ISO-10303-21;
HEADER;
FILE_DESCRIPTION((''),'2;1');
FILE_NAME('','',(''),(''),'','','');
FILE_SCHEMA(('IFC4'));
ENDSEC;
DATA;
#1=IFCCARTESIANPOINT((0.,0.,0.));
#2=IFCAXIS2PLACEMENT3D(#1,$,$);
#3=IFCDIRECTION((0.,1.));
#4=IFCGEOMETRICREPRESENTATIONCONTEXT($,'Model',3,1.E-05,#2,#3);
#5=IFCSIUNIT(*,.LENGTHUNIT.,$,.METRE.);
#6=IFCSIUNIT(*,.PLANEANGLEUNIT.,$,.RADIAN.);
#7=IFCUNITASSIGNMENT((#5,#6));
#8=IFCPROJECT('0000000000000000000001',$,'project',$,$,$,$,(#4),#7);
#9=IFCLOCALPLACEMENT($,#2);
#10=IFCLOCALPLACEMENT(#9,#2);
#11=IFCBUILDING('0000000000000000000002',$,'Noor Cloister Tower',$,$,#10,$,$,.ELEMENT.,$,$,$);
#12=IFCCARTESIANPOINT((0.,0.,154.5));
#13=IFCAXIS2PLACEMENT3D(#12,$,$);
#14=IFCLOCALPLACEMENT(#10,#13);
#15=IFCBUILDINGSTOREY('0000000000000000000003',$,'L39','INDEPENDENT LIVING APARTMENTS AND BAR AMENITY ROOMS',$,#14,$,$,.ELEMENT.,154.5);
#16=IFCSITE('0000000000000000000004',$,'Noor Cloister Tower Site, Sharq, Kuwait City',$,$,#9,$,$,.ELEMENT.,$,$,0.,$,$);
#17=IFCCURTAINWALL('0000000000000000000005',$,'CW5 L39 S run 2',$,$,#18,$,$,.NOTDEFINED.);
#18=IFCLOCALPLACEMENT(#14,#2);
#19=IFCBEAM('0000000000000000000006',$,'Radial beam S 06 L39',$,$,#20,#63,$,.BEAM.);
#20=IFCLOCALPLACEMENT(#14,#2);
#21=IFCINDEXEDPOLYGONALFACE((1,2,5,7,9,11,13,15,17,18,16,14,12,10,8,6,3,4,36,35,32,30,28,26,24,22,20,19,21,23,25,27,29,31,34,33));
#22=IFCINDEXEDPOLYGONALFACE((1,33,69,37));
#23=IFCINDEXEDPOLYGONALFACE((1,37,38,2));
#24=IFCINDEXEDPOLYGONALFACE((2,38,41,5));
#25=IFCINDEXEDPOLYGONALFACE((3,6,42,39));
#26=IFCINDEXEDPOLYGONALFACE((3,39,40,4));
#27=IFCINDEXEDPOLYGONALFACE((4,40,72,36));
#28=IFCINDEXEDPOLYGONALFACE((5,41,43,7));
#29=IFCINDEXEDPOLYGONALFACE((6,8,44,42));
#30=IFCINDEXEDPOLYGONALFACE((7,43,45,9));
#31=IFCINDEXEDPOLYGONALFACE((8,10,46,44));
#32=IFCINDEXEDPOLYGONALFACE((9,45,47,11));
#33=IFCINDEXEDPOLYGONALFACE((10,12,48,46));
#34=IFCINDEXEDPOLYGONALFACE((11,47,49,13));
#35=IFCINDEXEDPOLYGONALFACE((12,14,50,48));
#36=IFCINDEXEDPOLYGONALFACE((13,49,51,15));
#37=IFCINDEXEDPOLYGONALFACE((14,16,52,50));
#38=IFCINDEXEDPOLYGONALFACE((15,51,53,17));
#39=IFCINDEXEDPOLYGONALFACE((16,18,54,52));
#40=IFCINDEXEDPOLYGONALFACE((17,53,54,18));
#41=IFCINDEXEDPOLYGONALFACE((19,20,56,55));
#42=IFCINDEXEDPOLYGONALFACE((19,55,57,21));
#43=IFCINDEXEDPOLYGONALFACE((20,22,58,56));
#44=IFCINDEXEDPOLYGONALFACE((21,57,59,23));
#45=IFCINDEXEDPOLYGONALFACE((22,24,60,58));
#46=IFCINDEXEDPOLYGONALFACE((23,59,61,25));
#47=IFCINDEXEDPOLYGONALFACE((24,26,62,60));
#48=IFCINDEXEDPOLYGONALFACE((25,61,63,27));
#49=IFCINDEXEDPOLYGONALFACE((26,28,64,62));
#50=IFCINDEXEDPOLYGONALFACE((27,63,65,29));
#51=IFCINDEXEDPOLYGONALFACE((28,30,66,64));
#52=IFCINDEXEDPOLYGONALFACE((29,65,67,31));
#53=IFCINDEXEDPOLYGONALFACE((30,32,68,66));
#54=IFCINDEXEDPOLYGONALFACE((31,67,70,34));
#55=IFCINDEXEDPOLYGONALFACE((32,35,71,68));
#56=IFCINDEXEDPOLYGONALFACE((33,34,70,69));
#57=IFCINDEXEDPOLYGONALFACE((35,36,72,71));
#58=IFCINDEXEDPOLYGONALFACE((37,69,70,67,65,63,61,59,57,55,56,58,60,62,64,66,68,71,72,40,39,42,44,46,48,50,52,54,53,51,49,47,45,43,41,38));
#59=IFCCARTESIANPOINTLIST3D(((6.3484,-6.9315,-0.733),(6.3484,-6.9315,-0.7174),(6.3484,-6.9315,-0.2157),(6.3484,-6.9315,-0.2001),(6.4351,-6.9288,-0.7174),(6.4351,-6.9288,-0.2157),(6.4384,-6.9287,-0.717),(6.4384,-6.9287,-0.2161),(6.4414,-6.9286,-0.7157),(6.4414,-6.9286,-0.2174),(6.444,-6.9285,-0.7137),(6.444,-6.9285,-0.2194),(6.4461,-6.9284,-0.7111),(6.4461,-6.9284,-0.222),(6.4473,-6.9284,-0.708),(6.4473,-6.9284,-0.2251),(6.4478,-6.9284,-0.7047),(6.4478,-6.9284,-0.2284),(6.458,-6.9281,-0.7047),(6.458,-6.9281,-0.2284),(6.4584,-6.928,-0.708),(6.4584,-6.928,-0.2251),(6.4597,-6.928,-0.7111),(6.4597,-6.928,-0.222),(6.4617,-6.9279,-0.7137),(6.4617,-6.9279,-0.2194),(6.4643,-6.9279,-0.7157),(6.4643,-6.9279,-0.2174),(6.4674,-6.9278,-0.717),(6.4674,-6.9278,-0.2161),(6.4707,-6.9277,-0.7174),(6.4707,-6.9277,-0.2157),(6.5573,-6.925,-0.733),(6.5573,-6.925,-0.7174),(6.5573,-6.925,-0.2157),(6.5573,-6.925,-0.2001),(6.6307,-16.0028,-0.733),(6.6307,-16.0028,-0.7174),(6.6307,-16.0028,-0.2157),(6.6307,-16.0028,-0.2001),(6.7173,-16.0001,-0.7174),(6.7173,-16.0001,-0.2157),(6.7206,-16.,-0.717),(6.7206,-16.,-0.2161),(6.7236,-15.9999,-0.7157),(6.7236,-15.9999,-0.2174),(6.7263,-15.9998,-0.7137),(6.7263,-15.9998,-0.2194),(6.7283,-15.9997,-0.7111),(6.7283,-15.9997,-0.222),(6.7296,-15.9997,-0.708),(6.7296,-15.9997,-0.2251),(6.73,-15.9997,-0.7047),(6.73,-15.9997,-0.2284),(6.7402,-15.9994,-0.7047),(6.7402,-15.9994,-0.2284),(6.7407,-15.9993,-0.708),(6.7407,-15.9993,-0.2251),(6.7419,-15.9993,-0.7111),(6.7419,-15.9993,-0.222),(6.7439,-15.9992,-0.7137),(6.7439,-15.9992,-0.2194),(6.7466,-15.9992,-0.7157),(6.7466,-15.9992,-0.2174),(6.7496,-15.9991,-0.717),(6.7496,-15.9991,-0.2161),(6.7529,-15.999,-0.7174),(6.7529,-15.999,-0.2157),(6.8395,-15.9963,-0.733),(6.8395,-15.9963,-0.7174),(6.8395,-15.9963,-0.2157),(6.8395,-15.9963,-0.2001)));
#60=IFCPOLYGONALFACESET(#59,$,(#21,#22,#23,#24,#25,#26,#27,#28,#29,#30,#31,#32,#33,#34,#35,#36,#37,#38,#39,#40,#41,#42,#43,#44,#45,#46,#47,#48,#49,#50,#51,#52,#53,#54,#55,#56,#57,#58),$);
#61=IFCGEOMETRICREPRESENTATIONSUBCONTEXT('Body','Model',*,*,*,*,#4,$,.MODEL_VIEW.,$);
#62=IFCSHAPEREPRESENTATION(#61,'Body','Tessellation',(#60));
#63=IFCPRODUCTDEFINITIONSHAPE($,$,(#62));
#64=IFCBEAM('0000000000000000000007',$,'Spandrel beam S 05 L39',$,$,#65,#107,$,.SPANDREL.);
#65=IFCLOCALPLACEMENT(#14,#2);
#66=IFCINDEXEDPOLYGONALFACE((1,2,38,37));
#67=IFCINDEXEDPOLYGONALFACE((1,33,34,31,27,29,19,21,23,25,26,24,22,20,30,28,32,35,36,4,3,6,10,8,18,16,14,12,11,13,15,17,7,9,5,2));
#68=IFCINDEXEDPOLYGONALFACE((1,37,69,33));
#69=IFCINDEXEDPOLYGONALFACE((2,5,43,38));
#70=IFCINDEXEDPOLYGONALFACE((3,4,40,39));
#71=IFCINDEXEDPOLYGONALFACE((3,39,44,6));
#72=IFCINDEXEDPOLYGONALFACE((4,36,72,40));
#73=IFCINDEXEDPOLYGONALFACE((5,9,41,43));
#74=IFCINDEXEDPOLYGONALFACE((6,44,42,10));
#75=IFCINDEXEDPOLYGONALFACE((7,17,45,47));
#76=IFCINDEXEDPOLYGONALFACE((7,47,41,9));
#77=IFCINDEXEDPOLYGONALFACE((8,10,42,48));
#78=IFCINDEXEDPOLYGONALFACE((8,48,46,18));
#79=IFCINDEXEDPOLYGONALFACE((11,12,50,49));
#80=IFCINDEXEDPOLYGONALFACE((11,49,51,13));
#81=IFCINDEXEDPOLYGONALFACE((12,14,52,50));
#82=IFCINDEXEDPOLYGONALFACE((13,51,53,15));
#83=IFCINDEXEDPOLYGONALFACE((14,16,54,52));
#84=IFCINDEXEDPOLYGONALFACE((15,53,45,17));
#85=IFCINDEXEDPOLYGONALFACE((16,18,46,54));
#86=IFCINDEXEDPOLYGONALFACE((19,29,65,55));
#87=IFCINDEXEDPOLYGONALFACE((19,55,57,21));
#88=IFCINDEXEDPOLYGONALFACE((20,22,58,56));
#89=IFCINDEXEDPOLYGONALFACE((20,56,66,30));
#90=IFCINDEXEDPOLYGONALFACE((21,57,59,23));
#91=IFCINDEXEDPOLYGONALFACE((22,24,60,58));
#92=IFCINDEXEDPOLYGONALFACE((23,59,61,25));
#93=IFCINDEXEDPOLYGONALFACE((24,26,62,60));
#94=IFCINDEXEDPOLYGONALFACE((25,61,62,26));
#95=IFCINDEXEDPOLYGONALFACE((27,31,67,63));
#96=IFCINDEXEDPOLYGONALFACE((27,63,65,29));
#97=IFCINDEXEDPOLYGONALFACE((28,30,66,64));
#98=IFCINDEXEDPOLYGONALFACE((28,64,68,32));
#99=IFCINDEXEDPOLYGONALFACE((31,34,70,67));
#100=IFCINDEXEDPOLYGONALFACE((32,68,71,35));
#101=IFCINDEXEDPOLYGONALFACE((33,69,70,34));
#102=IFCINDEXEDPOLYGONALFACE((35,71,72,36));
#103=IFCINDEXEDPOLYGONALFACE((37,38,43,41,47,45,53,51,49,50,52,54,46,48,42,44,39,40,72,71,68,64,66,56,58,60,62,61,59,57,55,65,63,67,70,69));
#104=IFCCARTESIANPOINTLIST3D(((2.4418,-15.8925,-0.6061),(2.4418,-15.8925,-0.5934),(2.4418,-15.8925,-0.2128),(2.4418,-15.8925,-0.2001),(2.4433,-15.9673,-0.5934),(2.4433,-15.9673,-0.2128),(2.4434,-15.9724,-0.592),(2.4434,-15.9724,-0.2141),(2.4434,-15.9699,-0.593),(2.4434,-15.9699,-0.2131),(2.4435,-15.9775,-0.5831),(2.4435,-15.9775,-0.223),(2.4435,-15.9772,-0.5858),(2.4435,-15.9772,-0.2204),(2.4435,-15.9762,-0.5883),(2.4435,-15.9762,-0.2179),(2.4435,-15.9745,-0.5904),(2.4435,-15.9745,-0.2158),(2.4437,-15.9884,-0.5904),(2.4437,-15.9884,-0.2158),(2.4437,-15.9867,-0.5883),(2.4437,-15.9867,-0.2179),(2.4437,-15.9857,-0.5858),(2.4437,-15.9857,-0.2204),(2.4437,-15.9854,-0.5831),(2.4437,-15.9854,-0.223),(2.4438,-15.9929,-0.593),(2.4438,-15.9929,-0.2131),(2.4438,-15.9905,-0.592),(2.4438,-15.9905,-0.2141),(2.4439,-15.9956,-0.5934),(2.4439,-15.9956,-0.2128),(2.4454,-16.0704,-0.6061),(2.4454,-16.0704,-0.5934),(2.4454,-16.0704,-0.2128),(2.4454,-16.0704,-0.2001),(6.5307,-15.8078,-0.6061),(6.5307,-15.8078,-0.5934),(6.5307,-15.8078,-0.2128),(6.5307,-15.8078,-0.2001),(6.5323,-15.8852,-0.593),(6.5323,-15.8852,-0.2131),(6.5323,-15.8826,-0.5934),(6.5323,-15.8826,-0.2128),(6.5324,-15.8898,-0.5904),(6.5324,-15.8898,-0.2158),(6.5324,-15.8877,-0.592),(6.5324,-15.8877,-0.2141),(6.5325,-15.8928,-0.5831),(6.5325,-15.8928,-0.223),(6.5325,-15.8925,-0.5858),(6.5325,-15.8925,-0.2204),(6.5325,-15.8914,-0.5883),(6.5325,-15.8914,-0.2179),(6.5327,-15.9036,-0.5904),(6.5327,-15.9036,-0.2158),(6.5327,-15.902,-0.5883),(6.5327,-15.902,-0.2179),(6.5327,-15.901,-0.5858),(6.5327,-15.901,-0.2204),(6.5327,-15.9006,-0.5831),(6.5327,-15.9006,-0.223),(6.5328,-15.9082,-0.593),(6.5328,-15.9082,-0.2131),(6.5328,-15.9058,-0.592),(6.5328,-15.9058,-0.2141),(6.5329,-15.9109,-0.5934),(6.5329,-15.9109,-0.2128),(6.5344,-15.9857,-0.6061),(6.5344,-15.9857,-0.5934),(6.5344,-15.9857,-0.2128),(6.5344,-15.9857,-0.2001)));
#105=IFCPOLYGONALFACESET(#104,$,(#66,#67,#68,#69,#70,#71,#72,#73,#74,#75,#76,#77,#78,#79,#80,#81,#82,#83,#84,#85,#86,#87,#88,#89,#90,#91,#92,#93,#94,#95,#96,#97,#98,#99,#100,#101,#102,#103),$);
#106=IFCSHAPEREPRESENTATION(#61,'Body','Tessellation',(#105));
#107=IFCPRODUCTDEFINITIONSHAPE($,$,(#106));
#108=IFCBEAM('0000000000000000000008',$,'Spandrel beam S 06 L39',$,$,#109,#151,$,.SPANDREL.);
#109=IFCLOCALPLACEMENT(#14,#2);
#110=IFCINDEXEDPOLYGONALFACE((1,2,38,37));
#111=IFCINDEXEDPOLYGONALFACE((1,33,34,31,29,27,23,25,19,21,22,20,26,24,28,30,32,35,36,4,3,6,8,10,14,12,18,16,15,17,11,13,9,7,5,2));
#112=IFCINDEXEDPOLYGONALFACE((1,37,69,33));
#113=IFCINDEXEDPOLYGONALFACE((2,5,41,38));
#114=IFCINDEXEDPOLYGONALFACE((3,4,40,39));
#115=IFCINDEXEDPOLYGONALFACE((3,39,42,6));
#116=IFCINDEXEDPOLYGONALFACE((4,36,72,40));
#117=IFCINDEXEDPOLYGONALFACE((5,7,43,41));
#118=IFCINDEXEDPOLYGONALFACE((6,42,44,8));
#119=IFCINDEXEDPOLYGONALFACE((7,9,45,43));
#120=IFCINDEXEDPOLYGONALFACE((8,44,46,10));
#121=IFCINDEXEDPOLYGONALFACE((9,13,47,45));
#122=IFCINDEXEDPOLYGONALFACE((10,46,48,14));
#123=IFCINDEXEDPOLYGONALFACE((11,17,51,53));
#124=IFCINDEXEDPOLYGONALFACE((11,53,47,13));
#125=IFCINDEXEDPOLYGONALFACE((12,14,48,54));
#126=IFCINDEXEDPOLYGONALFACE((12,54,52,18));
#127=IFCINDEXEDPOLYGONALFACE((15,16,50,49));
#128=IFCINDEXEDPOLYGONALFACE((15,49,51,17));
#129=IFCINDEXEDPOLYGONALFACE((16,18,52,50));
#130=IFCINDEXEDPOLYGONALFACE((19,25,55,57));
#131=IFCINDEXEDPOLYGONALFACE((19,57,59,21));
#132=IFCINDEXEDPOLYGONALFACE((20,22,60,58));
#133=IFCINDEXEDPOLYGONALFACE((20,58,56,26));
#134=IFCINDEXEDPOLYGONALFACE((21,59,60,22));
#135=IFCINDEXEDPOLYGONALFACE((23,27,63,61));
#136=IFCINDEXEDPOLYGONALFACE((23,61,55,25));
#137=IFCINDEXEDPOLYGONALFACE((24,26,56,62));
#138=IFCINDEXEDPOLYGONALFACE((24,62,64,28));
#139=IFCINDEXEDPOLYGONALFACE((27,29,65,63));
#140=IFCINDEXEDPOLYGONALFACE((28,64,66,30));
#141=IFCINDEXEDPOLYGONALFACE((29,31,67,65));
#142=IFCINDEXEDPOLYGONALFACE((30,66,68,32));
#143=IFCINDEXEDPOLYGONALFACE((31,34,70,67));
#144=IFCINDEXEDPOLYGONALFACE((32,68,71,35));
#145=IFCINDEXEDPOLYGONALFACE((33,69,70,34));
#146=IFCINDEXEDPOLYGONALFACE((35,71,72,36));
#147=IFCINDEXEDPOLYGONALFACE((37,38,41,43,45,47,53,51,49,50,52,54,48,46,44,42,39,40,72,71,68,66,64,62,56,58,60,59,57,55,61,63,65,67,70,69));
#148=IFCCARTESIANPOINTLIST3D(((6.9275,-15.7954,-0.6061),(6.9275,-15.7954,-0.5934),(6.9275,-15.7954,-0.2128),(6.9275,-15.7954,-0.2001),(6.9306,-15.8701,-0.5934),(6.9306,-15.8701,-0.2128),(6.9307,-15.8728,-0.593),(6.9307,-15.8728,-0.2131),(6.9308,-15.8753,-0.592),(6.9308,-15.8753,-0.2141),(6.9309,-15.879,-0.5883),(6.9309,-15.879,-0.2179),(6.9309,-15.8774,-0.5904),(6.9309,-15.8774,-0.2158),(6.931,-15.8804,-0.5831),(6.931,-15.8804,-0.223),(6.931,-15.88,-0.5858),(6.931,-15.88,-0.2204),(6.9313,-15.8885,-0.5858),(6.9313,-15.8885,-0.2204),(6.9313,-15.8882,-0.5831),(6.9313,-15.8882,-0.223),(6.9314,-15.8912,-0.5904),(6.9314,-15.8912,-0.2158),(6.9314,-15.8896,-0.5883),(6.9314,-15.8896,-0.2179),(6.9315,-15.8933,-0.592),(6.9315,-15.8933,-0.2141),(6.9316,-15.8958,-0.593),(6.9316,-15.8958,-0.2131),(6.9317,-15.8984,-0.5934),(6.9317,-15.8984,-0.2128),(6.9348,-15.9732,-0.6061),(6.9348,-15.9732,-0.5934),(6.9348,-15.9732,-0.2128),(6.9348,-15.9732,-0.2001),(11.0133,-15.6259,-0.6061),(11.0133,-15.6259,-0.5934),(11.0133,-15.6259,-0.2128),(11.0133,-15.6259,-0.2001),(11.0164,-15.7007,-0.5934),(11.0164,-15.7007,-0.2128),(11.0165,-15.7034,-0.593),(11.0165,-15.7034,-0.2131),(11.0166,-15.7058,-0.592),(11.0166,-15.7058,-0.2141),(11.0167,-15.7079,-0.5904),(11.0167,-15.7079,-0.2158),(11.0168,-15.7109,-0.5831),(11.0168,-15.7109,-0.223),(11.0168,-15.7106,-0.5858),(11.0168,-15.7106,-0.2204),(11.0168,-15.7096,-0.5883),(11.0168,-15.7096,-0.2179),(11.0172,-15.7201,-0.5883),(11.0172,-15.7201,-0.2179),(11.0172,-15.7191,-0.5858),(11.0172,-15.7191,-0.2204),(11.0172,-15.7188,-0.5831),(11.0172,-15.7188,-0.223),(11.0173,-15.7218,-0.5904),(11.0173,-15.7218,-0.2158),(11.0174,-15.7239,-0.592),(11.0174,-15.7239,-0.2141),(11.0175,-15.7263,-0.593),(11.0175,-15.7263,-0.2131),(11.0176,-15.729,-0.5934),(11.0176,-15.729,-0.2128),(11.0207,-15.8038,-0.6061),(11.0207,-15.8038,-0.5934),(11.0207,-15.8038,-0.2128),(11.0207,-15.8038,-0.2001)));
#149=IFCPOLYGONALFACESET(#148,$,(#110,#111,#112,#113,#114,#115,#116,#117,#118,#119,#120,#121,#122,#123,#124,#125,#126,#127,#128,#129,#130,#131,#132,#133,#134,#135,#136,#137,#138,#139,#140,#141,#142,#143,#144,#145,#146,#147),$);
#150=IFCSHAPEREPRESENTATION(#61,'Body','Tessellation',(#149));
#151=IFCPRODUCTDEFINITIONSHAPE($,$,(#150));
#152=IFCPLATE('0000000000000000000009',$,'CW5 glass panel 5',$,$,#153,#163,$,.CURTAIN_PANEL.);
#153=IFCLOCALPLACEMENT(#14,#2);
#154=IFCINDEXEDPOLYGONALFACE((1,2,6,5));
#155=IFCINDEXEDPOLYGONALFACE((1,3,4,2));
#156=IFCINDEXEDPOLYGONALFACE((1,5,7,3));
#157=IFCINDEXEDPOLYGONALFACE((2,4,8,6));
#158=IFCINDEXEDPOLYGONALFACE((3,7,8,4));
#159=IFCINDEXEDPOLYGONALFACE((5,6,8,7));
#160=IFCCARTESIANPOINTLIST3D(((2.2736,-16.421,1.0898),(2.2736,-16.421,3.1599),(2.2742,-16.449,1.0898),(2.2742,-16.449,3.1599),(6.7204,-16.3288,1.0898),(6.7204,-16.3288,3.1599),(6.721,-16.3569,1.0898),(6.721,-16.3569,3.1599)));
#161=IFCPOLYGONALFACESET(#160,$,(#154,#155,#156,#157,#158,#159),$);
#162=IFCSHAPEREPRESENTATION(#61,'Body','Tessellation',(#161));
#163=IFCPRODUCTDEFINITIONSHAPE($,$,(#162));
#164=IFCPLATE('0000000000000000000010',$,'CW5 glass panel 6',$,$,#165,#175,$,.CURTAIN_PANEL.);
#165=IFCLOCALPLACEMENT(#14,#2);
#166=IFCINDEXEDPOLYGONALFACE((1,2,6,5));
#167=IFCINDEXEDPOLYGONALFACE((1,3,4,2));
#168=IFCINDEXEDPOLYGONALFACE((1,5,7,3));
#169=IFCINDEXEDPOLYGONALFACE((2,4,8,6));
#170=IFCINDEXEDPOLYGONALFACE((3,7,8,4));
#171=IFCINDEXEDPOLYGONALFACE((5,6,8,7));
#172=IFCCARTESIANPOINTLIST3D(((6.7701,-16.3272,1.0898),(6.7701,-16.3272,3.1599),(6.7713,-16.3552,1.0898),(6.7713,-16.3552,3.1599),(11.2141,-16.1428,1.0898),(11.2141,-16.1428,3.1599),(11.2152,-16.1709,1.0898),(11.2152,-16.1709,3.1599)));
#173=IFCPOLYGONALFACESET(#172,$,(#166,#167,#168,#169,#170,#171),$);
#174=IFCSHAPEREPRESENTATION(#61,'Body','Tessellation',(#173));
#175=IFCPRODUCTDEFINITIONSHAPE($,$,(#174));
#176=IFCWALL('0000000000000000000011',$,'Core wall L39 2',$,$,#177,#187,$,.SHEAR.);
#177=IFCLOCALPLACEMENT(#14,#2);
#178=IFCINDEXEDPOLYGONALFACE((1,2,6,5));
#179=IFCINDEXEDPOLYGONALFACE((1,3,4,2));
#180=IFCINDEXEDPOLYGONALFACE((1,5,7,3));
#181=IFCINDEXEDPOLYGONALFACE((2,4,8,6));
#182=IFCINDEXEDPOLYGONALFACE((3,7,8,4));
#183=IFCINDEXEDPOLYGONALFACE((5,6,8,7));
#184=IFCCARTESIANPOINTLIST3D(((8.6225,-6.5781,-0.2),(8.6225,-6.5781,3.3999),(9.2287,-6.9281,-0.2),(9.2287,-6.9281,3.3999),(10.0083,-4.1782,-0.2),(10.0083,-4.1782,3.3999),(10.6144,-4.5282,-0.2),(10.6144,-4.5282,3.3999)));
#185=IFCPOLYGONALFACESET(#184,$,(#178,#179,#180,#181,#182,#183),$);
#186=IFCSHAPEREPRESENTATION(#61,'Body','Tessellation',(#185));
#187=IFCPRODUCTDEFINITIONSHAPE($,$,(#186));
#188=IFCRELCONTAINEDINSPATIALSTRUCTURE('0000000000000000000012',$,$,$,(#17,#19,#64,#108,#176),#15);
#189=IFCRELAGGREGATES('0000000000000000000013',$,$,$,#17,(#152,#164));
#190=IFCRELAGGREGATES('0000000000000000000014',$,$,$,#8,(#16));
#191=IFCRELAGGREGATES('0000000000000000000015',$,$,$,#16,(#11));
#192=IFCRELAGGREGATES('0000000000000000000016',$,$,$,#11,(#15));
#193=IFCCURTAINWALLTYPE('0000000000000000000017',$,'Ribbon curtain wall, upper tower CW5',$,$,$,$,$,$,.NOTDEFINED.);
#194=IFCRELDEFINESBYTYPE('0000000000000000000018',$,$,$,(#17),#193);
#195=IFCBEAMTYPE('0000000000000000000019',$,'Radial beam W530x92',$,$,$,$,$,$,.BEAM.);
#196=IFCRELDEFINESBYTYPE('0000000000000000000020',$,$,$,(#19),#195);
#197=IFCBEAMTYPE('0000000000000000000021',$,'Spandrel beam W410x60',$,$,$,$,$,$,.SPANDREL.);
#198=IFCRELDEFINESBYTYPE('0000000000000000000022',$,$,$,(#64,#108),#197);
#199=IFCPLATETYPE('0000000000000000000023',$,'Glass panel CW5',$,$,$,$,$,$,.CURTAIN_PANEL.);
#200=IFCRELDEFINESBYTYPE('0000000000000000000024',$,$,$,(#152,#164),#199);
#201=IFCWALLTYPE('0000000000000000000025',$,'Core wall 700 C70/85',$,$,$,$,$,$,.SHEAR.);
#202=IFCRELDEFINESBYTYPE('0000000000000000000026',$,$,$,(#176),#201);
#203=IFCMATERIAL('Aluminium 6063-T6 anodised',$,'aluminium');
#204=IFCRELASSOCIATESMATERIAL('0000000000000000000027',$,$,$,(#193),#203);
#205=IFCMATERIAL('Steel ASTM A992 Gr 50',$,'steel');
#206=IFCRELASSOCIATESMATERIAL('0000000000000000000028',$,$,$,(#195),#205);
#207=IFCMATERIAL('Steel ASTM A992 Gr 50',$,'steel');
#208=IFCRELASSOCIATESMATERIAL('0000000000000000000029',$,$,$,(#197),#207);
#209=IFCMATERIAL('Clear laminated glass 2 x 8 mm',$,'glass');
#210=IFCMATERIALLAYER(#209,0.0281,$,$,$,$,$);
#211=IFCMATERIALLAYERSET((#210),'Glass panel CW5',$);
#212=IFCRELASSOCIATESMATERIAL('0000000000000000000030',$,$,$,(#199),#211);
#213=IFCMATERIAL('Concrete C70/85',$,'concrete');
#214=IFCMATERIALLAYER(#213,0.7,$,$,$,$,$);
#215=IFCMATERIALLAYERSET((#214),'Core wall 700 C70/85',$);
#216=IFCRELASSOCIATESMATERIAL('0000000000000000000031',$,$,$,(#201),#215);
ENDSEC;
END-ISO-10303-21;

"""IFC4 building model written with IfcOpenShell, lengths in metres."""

from ifc_helpers import new_model, si_unit, direction, frame, frame_2d, origin, origin_2d, place, context, subcontext, project, spatial, rectangle, i_section, extrude, material, layer, layer_set, material_profile, profile_set, type_object, element, aggregate, save


model = new_model("IFC4")

# Units and contexts
model_context = context("Model", 3, precision=1e-05, world=origin(), true_north=direction((0.0, 1.0)))
body_context = subcontext(model_context, "Body", "Model", "MODEL_VIEW")
ifc_project = project(units=[si_unit("LENGTHUNIT", "METRE"), si_unit("PLANEANGLEUNIT", "RADIAN")], contexts=[model_context])

# Site, building, storey
site_placement = place(None, origin())
site = spatial("IfcSite", under=ifc_project, at=site_placement, Name="Noor Cloister Tower Site, Sharq, Kuwait City", CompositionType="ELEMENT", RefElevation=0.0)
building_placement = place(site_placement, origin())
building = spatial("IfcBuilding", under=site, at=building_placement, Name="Noor Cloister Tower", CompositionType="ELEMENT")
storey_placement = place(building_placement, frame((0.0, 0.0, 154.5)))
storey = spatial("IfcBuildingStorey", under=building, at=storey_placement, Name="L39", Description="INDEPENDENT LIVING APARTMENTS AND BAR AMENITY ROOMS", CompositionType="ELEMENT", Elevation=154.5)

# Curtain wall
ifc_material_1 = material(Name="Aluminium 6063-T6 anodised", Category="aluminium")
curtain_wall_type = type_object("IfcCurtainWallType", Name="Ribbon curtain wall, upper tower CW5", PredefinedType="NOTDEFINED", material=ifc_material_1)
curtain_wall_placement = place(storey_placement, origin())
curtain_wall = element("IfcCurtainWall", 1, at=curtain_wall_placement, inside=storey, type_object=curtain_wall_type, Name="CW5 L39 S run 2", PredefinedType="NOTDEFINED")

# Beams
ifc_material_2 = material(Name="Steel ASTM A992 Gr 50", Category="steel")
ifc_material_profile_1 = material_profile(ifc_material_2, i_section(OverallWidth=0.209, OverallDepth=0.533, WebThickness=0.0103, FlangeThickness=0.0156, FilletRadius=0.0127, at=origin_2d()), Name="W530x92")
ifc_profile_set_1 = profile_set([ifc_material_profile_1], Name="Steel ASTM A992 Gr 50")
beam_type_1 = type_object("IfcBeamType", Name="Radial beam W530x92", PredefinedType="BEAM", material=ifc_profile_set_1)
beam_1_placement = place(storey_placement, frame((6.7351, -15.9995, -0.4666), z_axis=(-0.031097, 0.999516, 0.0), x_axis=(-0.999516, -0.031097, 0.0)))
element("IfcBeam", 2, at=beam_1_placement, inside=storey, type_object=beam_type_1, Name="Radial beam S 06 L39", PredefinedType="BEAM", context=body_context, shape_type="SweptSolid", body=[
    extrude(i_section(OverallWidth=0.209, OverallDepth=0.533, WebThickness=0.0103, FlangeThickness=0.0156, FilletRadius=0.0127, at=origin_2d()), origin(), (0.0, 0.0, 1.0), 9.0757),
])
ifc_material_3 = material(Name="Steel ASTM A992 Gr 50", Category="steel")
ifc_material_profile_2 = material_profile(ifc_material_3, i_section(OverallWidth=0.178, OverallDepth=0.406, WebThickness=0.0078, FlangeThickness=0.0127, FilletRadius=0.0103, at=origin_2d()), Name="W410x60")
ifc_profile_set_2 = profile_set([ifc_material_profile_2], Name="Steel ASTM A992 Gr 50")
beam_type_2 = type_object("IfcBeamType", Name="Spandrel beam W410x60", PredefinedType="SPANDREL", material=ifc_profile_set_2)
beam_2_placement = place(storey_placement, frame((2.4436, -15.9814, -0.4031), z_axis=(0.999785, 0.020714, 0.0), x_axis=(-0.020714, 0.999785, 0.0)))
element("IfcBeam", 3, at=beam_2_placement, inside=storey, type_object=beam_type_2, Name="Spandrel beam S 05 L39", PredefinedType="SPANDREL", context=body_context, shape_type="SweptSolid", body=[
    extrude(i_section(OverallWidth=0.178, OverallDepth=0.406, WebThickness=0.0078, FlangeThickness=0.0127, FilletRadius=0.0103, at=origin_2d()), origin(), (0.0, 0.0, 1.0), 4.0898),
])
beam_3_placement = place(storey_placement, frame((6.9312, -15.8843, -0.4031), z_axis=(0.999141, 0.041432, 0.0), x_axis=(-0.041432, 0.999141, 0.0)))
element("IfcBeam", 4, at=beam_3_placement, inside=storey, type_object=beam_type_2, Name="Spandrel beam S 06 L39", PredefinedType="SPANDREL", context=body_context, shape_type="SweptSolid", body=[
    extrude(i_section(OverallWidth=0.178, OverallDepth=0.406, WebThickness=0.0078, FlangeThickness=0.0127, FilletRadius=0.0103, at=origin_2d()), origin(), (0.0, 0.0, 1.0), 4.0894),
])

# Plates
ifc_material_4 = material(Name="Clear laminated glass 2 x 8 mm", Category="glass")
ifc_layer_1 = layer(ifc_material_4, 0.0281)
ifc_layer_set_1 = layer_set([ifc_layer_1], Name="Glass panel CW5")
plate_type = type_object("IfcPlateType", Name="Glass panel CW5", PredefinedType="CURTAIN_PANEL", material=ifc_layer_set_1)
plate_1_placement = place(storey_placement, frame((4.4973, -16.3889, 1.0898), z_axis=(0.0, 0.0, 1.0), x_axis=(0.999785, 0.020727, 0.0)))
plate_1 = element("IfcPlate", 5, at=plate_1_placement, type_object=plate_type, Name="CW5 glass panel 5", PredefinedType="CURTAIN_PANEL", context=body_context, shape_type="SweptSolid", body=[
    extrude(rectangle(XDim=4.4478, YDim=0.0281, at=origin_2d()), origin(), (0.0, 0.0, 1.0), 2.0701),
])
plate_2_placement = place(storey_placement, frame((8.9927, -16.249, 1.0898), z_axis=(0.0, 0.0, 1.0), x_axis=(0.999141, 0.041446, 0.0)))
plate_2 = element("IfcPlate", 6, at=plate_2_placement, type_object=plate_type, Name="CW5 glass panel 6", PredefinedType="CURTAIN_PANEL", context=body_context, shape_type="SweptSolid", body=[
    extrude(rectangle(XDim=4.4478, YDim=0.0281, at=origin_2d()), origin(), (0.0, 0.0, 1.0), 2.0701),
])
aggregate(curtain_wall, [plate_1, plate_2])

# Wall
ifc_material_5 = material(Name="Concrete C70/85", Category="concrete")
ifc_layer_2 = layer(ifc_material_5, 0.7)
ifc_layer_set_2 = layer_set([ifc_layer_2], Name="Core wall 700 C70/85")
wall_type_1 = type_object("IfcWallType", Name="Core wall 700 C70/85", PredefinedType="SHEAR", material=ifc_layer_set_2)
wall_1_placement = place(storey_placement, frame((8.9255, -6.7532, -0.2), z_axis=(0.0, 0.0, 1.0), x_axis=(0.500043, 0.866001, 0.0)))
element("IfcWall", 7, at=wall_1_placement, inside=storey, type_object=wall_type_1, Name="Core wall L39 2", PredefinedType="SHEAR", context=body_context, shape_type="SweptSolid", body=[
    extrude(rectangle(XDim=2.7712, YDim=0.7, at=frame_2d((1.3857, 0.0))), origin(), (0.0, 0.0, 1.0), 3.5999),
])

save(model, "model.ifc")
